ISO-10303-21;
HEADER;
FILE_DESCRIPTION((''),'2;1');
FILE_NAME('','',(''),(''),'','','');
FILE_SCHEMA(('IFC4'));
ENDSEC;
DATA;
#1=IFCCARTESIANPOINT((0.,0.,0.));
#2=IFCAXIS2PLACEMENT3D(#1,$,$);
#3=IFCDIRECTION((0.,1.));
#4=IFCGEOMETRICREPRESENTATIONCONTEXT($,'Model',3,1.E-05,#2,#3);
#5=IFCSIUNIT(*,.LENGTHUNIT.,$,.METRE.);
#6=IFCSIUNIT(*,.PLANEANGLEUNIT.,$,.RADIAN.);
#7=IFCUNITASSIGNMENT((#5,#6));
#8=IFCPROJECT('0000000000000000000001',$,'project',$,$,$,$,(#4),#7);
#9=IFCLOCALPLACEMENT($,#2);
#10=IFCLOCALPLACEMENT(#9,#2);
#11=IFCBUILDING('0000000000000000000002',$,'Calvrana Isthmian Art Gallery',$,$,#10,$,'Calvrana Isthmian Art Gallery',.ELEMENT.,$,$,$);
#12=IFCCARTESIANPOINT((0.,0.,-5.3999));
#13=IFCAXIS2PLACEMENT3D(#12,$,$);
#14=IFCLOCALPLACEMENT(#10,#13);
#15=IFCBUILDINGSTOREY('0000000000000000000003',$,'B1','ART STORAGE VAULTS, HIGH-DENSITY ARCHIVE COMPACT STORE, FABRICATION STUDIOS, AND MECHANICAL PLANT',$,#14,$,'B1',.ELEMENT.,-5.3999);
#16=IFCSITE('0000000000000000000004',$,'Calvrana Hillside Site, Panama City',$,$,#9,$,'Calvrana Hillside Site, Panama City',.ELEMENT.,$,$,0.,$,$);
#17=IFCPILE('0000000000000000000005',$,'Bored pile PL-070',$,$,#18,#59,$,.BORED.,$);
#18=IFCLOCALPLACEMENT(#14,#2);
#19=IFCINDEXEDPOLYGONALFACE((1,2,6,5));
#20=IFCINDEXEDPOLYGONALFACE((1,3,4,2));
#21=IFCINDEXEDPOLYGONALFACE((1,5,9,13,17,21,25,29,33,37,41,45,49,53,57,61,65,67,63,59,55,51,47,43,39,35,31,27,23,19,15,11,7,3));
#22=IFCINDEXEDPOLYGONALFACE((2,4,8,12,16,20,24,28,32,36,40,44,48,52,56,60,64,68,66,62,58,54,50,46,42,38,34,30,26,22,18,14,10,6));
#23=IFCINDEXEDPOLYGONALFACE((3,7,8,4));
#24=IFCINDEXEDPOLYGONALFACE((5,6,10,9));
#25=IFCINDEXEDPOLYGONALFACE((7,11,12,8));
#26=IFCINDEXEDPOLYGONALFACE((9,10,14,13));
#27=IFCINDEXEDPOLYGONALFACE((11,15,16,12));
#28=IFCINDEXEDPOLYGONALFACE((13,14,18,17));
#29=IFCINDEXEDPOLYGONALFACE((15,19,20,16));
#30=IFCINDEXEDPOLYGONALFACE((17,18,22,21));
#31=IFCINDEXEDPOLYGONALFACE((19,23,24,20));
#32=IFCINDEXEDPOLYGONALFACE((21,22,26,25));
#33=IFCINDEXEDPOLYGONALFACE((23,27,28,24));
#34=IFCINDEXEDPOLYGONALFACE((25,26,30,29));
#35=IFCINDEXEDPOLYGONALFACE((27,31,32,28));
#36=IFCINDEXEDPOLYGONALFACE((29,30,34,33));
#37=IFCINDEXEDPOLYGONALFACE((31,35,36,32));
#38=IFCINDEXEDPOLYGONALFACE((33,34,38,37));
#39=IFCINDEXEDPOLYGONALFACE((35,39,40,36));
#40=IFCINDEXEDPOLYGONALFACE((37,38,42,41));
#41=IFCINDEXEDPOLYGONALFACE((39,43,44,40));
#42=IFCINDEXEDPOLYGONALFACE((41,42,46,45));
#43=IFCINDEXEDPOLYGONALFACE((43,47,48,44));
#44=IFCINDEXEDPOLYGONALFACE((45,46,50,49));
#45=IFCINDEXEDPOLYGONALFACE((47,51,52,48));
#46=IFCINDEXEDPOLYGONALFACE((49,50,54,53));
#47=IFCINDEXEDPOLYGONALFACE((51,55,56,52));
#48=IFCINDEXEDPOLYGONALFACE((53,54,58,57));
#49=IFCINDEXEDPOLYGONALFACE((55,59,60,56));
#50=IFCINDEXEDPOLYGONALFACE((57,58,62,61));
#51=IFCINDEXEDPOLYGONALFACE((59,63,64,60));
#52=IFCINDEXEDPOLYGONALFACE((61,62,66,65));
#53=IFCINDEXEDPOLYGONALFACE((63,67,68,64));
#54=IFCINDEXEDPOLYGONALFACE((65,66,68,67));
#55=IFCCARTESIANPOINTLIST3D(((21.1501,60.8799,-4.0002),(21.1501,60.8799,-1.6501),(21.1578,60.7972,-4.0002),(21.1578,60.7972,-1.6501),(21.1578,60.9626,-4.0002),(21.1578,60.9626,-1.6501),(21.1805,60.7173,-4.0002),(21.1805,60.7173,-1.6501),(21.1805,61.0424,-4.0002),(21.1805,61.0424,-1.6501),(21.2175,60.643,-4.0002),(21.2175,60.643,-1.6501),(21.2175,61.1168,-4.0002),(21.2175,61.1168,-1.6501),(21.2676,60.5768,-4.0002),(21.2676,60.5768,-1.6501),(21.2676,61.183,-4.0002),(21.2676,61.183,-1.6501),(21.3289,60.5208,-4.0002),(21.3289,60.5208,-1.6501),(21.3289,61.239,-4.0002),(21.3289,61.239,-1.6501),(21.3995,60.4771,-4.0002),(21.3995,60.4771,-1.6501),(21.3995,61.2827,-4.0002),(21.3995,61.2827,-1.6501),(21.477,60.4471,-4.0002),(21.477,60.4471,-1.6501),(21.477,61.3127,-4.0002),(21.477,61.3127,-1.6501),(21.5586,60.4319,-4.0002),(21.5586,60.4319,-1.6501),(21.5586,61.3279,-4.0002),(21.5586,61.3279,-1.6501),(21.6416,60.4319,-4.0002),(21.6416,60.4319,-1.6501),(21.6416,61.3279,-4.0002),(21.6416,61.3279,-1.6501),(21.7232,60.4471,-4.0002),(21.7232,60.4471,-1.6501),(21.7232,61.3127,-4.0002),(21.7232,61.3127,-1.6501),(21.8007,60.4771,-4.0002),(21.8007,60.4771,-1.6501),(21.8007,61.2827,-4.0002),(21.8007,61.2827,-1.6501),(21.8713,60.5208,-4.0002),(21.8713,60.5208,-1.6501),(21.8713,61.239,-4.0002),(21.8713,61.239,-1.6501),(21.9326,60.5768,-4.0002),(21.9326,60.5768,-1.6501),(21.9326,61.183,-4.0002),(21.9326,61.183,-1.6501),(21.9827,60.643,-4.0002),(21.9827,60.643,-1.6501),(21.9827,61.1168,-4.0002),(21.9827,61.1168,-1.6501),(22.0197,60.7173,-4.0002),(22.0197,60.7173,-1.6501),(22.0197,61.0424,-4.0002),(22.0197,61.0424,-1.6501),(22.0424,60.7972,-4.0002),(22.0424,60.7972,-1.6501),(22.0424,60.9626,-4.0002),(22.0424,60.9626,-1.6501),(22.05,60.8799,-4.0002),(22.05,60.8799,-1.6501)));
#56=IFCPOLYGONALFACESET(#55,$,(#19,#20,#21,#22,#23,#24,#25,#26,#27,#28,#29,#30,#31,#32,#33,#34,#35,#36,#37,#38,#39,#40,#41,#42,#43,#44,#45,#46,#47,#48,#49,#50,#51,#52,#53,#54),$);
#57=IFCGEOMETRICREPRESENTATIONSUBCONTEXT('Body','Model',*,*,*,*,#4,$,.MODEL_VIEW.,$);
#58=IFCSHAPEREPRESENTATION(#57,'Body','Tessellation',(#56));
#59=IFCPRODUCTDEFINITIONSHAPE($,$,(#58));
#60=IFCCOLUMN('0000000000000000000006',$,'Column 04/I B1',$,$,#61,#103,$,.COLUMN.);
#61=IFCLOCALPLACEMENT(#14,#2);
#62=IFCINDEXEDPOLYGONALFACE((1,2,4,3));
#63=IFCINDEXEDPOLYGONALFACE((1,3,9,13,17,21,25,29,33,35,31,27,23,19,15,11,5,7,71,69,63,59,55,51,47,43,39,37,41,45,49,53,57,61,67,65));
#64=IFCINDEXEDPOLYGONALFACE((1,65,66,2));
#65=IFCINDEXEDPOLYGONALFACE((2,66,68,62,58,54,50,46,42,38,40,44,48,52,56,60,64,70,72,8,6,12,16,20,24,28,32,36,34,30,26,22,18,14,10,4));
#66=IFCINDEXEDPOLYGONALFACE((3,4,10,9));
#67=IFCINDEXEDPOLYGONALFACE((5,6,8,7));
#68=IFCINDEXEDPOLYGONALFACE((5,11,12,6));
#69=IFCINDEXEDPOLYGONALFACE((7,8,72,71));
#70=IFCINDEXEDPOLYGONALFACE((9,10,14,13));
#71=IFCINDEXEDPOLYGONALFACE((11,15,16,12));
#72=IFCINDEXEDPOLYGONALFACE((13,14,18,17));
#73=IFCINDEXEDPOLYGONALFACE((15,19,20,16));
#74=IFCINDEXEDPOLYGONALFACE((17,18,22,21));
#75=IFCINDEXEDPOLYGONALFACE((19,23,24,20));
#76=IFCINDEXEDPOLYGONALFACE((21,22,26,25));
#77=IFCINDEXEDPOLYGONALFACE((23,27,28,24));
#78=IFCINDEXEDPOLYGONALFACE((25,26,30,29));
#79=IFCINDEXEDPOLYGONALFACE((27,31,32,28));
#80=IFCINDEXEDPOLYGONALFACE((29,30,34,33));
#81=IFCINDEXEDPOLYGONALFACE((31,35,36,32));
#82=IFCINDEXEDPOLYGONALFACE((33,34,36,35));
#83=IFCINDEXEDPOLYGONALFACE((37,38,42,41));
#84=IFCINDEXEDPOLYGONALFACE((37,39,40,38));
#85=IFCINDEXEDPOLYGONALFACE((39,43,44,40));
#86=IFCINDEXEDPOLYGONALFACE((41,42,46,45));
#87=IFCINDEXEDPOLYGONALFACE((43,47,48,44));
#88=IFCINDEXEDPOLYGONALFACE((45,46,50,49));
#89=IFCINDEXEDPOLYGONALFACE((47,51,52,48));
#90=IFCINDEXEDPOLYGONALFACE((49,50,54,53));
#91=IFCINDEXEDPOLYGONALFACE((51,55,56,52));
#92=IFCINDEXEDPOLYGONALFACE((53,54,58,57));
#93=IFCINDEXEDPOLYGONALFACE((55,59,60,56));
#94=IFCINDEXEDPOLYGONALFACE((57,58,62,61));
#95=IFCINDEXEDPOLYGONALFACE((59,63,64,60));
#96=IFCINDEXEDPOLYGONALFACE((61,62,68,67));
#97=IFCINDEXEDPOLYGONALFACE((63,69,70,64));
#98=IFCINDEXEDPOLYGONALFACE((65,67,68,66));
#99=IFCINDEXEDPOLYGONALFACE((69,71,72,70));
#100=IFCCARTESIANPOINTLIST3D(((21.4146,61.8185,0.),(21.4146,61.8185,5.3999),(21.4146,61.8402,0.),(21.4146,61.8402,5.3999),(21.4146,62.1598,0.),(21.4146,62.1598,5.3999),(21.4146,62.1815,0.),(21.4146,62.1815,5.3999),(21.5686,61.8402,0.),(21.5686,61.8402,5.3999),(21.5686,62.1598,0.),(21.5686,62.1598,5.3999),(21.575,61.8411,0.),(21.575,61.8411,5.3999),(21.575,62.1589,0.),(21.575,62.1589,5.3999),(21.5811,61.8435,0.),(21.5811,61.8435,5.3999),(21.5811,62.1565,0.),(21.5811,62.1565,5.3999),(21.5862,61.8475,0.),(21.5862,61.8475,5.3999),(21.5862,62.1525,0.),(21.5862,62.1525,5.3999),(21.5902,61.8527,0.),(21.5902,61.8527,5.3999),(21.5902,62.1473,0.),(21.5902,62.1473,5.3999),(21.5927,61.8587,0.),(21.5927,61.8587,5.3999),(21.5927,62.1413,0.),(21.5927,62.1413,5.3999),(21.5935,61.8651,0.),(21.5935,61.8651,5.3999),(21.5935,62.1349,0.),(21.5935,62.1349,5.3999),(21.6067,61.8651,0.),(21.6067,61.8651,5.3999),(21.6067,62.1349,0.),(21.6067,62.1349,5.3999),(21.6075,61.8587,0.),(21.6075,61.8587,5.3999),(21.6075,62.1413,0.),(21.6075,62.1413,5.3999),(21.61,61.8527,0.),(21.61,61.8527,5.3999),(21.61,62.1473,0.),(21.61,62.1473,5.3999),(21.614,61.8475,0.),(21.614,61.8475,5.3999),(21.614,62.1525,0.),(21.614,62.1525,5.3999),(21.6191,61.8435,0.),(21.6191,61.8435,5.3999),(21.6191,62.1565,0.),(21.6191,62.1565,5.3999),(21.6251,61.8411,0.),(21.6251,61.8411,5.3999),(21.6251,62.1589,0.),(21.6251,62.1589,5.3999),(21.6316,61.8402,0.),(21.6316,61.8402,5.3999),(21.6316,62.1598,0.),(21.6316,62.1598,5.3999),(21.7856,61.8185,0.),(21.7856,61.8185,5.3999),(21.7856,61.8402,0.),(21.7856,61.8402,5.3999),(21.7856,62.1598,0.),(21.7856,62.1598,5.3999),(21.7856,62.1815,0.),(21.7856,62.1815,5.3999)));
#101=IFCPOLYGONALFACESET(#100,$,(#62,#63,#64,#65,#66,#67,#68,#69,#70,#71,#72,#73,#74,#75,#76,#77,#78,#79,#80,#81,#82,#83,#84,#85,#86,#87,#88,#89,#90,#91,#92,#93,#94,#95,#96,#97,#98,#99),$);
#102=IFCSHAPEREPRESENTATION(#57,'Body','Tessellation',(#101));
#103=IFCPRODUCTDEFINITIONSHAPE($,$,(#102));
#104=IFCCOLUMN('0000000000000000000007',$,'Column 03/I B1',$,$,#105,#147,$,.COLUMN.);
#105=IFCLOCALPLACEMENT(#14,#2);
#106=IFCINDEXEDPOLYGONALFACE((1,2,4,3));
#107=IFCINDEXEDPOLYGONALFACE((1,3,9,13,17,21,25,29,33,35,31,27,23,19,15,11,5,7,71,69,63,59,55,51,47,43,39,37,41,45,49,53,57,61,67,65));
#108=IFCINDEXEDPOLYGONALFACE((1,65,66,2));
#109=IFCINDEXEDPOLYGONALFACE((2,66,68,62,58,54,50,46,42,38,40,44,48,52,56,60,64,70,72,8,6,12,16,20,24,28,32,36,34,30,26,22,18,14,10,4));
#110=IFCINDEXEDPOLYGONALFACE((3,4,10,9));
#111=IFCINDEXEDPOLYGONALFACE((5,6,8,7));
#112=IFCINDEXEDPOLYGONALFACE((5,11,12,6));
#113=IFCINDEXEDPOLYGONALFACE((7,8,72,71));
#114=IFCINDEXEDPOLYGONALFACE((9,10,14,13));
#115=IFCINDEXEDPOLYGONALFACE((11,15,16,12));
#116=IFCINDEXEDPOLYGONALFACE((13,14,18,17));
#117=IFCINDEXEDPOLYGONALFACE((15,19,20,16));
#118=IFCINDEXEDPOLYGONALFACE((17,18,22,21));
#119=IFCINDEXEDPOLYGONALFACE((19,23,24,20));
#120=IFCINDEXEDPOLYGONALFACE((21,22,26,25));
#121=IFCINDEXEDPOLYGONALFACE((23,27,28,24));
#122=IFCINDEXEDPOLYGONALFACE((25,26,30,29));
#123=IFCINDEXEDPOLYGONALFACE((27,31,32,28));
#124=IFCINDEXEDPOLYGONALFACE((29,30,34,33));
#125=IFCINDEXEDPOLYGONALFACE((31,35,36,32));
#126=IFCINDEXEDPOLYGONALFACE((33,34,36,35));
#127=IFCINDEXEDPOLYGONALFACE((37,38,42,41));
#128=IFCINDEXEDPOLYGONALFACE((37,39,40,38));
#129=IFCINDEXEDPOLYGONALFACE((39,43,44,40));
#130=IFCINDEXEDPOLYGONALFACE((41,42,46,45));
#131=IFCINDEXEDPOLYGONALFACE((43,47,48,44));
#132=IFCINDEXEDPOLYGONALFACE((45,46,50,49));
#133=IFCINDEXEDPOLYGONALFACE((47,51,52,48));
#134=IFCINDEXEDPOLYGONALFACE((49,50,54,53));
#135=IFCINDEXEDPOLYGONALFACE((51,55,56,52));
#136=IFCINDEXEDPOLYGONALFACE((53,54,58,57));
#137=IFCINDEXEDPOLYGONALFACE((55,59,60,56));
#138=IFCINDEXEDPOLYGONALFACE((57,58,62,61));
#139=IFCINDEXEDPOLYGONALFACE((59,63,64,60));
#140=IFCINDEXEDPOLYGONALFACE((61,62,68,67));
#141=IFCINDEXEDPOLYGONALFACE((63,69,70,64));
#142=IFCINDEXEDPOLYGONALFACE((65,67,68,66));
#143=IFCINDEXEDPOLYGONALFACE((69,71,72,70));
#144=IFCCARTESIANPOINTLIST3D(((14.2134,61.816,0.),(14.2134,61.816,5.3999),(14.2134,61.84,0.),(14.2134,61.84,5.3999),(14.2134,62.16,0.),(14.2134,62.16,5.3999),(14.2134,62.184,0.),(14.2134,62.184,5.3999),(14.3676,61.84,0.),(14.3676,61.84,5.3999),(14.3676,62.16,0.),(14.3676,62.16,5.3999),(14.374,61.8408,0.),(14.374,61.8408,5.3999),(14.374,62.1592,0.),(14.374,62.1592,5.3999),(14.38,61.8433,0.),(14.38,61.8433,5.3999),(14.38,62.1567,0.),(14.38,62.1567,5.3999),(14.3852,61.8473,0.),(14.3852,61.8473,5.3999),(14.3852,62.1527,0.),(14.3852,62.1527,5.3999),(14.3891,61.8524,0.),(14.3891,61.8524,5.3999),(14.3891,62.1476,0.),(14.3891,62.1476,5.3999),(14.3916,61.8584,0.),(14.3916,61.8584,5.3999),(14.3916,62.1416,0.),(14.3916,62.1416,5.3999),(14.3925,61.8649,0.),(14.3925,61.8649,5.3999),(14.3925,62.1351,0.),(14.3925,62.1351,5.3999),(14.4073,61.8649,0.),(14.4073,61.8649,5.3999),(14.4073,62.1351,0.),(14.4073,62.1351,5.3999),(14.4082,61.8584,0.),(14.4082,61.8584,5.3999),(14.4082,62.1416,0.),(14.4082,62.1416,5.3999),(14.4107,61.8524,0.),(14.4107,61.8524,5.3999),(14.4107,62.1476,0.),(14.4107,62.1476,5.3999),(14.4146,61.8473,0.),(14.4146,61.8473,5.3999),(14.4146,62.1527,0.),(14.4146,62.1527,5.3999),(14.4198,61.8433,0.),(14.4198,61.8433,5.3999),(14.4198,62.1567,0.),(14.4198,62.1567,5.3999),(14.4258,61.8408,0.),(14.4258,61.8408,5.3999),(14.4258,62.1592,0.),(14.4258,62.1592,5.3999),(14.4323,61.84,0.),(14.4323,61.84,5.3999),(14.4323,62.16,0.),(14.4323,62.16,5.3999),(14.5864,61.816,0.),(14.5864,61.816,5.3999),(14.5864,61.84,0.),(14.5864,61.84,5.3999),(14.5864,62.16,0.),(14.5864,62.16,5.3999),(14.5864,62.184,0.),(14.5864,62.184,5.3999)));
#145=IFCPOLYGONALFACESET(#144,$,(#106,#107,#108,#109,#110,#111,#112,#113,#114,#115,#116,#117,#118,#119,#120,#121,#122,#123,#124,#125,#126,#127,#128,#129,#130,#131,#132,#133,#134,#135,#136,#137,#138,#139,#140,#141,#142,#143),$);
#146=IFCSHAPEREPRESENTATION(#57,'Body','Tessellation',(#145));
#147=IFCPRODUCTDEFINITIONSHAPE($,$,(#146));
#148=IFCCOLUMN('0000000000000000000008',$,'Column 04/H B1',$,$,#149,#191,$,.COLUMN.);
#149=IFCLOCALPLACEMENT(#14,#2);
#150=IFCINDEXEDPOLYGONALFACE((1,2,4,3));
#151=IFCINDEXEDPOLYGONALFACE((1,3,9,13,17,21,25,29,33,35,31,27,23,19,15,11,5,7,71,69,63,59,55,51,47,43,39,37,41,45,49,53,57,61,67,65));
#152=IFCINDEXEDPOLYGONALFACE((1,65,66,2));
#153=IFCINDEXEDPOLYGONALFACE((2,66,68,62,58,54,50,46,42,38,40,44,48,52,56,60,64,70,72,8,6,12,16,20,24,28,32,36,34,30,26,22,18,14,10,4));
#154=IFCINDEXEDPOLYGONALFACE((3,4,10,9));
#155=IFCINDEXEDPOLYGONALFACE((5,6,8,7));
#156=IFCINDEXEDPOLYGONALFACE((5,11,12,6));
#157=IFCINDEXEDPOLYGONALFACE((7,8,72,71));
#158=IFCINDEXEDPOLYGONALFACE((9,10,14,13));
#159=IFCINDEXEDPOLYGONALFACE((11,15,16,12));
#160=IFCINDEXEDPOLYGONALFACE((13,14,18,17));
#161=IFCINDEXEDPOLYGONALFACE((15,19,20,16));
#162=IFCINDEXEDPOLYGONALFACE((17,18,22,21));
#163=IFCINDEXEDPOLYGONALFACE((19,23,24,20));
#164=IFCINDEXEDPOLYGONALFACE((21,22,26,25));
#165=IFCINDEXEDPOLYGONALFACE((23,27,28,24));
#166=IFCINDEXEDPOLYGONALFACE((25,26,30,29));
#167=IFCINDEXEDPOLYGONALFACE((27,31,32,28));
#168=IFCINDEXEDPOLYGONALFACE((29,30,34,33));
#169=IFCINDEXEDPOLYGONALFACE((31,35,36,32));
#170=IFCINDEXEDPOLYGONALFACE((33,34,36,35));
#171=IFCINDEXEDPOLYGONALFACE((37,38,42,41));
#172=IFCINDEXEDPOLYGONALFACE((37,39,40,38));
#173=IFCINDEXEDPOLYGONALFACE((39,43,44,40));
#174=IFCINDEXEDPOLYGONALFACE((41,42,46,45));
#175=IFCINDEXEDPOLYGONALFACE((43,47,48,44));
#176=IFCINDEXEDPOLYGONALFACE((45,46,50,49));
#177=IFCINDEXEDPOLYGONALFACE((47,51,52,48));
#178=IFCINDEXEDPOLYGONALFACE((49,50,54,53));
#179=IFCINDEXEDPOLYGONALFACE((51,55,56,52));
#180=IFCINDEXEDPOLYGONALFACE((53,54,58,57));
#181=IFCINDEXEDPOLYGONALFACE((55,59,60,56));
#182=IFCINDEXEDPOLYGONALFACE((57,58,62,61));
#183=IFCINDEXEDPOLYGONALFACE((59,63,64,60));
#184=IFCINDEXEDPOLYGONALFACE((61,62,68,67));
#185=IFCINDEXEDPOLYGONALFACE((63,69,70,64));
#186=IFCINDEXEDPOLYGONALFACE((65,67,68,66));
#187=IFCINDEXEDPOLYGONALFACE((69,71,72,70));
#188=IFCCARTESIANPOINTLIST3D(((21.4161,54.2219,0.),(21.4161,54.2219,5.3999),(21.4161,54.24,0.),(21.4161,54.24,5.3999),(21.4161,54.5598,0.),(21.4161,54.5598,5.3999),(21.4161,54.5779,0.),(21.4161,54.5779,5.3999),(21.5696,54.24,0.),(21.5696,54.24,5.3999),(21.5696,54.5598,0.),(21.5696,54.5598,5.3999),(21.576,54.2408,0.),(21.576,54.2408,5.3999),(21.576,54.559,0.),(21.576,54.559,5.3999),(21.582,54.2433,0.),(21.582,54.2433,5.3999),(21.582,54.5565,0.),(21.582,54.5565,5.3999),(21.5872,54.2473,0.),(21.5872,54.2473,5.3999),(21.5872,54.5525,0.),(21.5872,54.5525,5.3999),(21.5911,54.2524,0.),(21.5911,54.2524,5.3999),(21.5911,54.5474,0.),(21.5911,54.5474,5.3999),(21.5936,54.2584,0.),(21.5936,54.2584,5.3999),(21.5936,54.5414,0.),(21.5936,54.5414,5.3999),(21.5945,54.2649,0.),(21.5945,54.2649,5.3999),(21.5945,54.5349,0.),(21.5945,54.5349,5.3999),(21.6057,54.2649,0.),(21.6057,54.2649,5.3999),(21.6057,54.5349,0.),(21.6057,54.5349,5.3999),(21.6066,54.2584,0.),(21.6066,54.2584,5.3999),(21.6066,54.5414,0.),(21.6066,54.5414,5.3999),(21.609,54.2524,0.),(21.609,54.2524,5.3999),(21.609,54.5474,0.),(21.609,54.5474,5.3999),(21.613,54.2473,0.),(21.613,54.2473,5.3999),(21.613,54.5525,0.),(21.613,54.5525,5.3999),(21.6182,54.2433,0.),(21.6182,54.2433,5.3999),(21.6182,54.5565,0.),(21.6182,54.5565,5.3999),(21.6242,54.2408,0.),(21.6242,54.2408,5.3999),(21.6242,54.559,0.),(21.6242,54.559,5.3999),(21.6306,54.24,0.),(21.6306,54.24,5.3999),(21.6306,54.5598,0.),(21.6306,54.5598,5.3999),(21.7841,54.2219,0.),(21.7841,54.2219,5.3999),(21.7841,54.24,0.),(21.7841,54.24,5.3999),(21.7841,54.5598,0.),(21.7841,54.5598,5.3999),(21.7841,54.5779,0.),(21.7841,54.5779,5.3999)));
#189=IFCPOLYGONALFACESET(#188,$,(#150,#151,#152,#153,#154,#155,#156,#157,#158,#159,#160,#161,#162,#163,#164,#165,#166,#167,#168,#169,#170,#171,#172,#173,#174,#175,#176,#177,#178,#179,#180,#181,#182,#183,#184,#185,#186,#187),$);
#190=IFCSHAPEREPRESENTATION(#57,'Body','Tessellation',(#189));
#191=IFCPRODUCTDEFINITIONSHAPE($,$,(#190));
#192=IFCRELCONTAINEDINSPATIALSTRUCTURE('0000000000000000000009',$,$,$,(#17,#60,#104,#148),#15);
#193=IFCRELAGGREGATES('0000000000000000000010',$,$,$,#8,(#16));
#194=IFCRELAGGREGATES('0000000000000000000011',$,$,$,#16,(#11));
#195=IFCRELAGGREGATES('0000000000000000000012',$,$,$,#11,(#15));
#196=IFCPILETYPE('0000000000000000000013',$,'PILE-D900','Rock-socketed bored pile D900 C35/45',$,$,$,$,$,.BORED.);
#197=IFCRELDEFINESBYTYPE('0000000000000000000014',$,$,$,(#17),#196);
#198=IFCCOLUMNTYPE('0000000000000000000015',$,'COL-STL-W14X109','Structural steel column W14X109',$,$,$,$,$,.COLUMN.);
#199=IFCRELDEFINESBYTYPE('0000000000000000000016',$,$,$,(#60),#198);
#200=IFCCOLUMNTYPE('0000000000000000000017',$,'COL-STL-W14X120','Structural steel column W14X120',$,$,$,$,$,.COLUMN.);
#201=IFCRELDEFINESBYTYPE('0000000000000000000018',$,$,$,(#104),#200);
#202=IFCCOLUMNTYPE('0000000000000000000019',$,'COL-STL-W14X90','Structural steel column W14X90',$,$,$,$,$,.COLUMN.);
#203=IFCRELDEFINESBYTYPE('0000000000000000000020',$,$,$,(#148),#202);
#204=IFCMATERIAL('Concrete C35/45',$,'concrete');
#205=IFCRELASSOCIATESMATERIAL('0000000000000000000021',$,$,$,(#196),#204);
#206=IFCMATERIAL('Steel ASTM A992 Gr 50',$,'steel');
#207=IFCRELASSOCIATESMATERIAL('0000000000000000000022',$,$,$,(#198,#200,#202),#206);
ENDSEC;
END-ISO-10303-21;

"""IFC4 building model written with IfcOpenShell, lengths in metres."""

from ifc_helpers import new_model, si_unit, direction, frame, origin, origin_2d, place, context, subcontext, project, spatial, circle, i_section, extrude, material, material_profile, profile_set, type_object, element, save


model = new_model("IFC4")

# Units and contexts
model_context = context("Model", 3, precision=1e-05, world=origin(), true_north=direction((0.0, 1.0)))
body_context = subcontext(model_context, "Body", "Model", "MODEL_VIEW")
ifc_project = project(units=[si_unit("LENGTHUNIT", "METRE"), si_unit("PLANEANGLEUNIT", "RADIAN")], contexts=[model_context])

# Site, building, storey
site_placement = place(None, origin())
site = spatial("IfcSite", under=ifc_project, at=site_placement, Name="Calvrana Hillside Site, Panama City", LongName="Calvrana Hillside Site, Panama City", CompositionType="ELEMENT", RefElevation=0.0)
building_placement = place(site_placement, origin())
building = spatial("IfcBuilding", under=site, at=building_placement, Name="Calvrana Isthmian Art Gallery", LongName="Calvrana Isthmian Art Gallery", CompositionType="ELEMENT")
storey_placement = place(building_placement, frame((0.0, 0.0, -5.3999)))
storey = spatial("IfcBuildingStorey", under=building, at=storey_placement, Name="B1", Description="ART STORAGE VAULTS, HIGH-DENSITY ARCHIVE COMPACT STORE, FABRICATION STUDIOS, AND MECHANICAL PLANT", LongName="B1", CompositionType="ELEMENT", Elevation=-5.3999)

# Shared definitions
ifc_material_1 = material(Name="Concrete C35/45", Category="concrete")

# Pile
ifc_material_profile_1 = material_profile(ifc_material_1, circle(Radius=0.45, at=origin_2d()), Name="PILE900D")
ifc_profile_set_1 = profile_set([ifc_material_profile_1], Name="Concrete C35/45")
pile_type_1 = type_object("IfcPileType", Name="PILE-D900", Description="Rock-socketed bored pile D900 C35/45", PredefinedType="BORED", material=ifc_profile_set_1)
for number, where, z_axis, x_axis, name in (
    (1, (21.6001, 60.8799, -1.6501), (0.0, 0.0, -1.0), (1.0, 0.0, 0.0), "Bored pile PL-070"),
):
    element("IfcPile", number, at=place(storey_placement, frame(where, z_axis=z_axis, x_axis=x_axis)), inside=storey, type_object=pile_type_1, Name=name, PredefinedType="BORED", context=body_context, shape_type="SweptSolid", body=[
        extrude(circle(Radius=0.45, at=origin_2d()), origin(), (0.0, 0.0, 1.0), 2.3501),
    ])

# Columns
ifc_material_2 = material(Name="Steel ASTM A992 Gr 50", Category="steel")
ifc_material_profile_2 = material_profile(ifc_material_2, i_section(OverallWidth=0.3711, OverallDepth=0.363, WebThickness=0.0132, FlangeThickness=0.0217, FilletRadius=0.0249, at=origin_2d()), Name="W14X109")
ifc_profile_set_2 = profile_set([ifc_material_profile_2], Name="Steel ASTM A992 Gr 50")
column_type_1 = type_object("IfcColumnType", Name="COL-STL-W14X109", Description="Structural steel column W14X109", PredefinedType="COLUMN", material=ifc_profile_set_2)
column_1_placement = place(storey_placement, frame((21.6001, 62.0, 0.0), z_axis=(0.0, 0.0, 1.0), x_axis=(1.0, 0.0, 0.0)))
element("IfcColumn", 2, at=column_1_placement, inside=storey, type_object=column_type_1, Name="Column 04/I B1", PredefinedType="COLUMN", context=body_context, shape_type="SweptSolid", body=[
    extrude(i_section(OverallWidth=0.3711, OverallDepth=0.363, WebThickness=0.0132, FlangeThickness=0.0217, FilletRadius=0.0249, at=origin_2d()), origin(), (0.0, 0.0, 1.0), 5.3999),
])
ifc_material_profile_3 = material_profile(ifc_material_2, i_section(OverallWidth=0.373, OverallDepth=0.3679, WebThickness=0.0149, FlangeThickness=0.0239, FilletRadius=0.0249, at=origin_2d()), Name="W14X120")
ifc_profile_set_3 = profile_set([ifc_material_profile_3], Name="Steel ASTM A992 Gr 50")
column_type_2 = type_object("IfcColumnType", Name="COL-STL-W14X120", Description="Structural steel column W14X120", PredefinedType="COLUMN", material=ifc_profile_set_3)
column_2_placement = place(storey_placement, frame((14.3999, 62.0, 0.0), z_axis=(0.0, 0.0, 1.0), x_axis=(1.0, 0.0, 0.0)))
element("IfcColumn", 3, at=column_2_placement, inside=storey, type_object=column_type_2, Name="Column 03/I B1", PredefinedType="COLUMN", context=body_context, shape_type="SweptSolid", body=[
    extrude(i_section(OverallWidth=0.373, OverallDepth=0.3679, WebThickness=0.0149, FlangeThickness=0.0239, FilletRadius=0.0249, at=origin_2d()), origin(), (0.0, 0.0, 1.0), 5.3999),
])
ifc_material_profile_4 = material_profile(ifc_material_2, i_section(OverallWidth=0.3679, OverallDepth=0.356, WebThickness=0.0112, FlangeThickness=0.0181, FilletRadius=0.0249, at=origin_2d()), Name="W14X90")
ifc_profile_set_4 = profile_set([ifc_material_profile_4], Name="Steel ASTM A992 Gr 50")
column_type_3 = type_object("IfcColumnType", Name="COL-STL-W14X90", Description="Structural steel column W14X90", PredefinedType="COLUMN", material=ifc_profile_set_4)
column_3_placement = place(storey_placement, frame((21.6001, 54.3999, 0.0), z_axis=(0.0, 0.0, 1.0), x_axis=(1.0, 0.0, 0.0)))
element("IfcColumn", 4, at=column_3_placement, inside=storey, type_object=column_type_3, Name="Column 04/H B1", PredefinedType="COLUMN", context=body_context, shape_type="SweptSolid", body=[
    extrude(i_section(OverallWidth=0.3679, OverallDepth=0.356, WebThickness=0.0112, FlangeThickness=0.0181, FilletRadius=0.0249, at=origin_2d()), origin(), (0.0, 0.0, 1.0), 5.3999),
])

save(model, "model.ifc")
